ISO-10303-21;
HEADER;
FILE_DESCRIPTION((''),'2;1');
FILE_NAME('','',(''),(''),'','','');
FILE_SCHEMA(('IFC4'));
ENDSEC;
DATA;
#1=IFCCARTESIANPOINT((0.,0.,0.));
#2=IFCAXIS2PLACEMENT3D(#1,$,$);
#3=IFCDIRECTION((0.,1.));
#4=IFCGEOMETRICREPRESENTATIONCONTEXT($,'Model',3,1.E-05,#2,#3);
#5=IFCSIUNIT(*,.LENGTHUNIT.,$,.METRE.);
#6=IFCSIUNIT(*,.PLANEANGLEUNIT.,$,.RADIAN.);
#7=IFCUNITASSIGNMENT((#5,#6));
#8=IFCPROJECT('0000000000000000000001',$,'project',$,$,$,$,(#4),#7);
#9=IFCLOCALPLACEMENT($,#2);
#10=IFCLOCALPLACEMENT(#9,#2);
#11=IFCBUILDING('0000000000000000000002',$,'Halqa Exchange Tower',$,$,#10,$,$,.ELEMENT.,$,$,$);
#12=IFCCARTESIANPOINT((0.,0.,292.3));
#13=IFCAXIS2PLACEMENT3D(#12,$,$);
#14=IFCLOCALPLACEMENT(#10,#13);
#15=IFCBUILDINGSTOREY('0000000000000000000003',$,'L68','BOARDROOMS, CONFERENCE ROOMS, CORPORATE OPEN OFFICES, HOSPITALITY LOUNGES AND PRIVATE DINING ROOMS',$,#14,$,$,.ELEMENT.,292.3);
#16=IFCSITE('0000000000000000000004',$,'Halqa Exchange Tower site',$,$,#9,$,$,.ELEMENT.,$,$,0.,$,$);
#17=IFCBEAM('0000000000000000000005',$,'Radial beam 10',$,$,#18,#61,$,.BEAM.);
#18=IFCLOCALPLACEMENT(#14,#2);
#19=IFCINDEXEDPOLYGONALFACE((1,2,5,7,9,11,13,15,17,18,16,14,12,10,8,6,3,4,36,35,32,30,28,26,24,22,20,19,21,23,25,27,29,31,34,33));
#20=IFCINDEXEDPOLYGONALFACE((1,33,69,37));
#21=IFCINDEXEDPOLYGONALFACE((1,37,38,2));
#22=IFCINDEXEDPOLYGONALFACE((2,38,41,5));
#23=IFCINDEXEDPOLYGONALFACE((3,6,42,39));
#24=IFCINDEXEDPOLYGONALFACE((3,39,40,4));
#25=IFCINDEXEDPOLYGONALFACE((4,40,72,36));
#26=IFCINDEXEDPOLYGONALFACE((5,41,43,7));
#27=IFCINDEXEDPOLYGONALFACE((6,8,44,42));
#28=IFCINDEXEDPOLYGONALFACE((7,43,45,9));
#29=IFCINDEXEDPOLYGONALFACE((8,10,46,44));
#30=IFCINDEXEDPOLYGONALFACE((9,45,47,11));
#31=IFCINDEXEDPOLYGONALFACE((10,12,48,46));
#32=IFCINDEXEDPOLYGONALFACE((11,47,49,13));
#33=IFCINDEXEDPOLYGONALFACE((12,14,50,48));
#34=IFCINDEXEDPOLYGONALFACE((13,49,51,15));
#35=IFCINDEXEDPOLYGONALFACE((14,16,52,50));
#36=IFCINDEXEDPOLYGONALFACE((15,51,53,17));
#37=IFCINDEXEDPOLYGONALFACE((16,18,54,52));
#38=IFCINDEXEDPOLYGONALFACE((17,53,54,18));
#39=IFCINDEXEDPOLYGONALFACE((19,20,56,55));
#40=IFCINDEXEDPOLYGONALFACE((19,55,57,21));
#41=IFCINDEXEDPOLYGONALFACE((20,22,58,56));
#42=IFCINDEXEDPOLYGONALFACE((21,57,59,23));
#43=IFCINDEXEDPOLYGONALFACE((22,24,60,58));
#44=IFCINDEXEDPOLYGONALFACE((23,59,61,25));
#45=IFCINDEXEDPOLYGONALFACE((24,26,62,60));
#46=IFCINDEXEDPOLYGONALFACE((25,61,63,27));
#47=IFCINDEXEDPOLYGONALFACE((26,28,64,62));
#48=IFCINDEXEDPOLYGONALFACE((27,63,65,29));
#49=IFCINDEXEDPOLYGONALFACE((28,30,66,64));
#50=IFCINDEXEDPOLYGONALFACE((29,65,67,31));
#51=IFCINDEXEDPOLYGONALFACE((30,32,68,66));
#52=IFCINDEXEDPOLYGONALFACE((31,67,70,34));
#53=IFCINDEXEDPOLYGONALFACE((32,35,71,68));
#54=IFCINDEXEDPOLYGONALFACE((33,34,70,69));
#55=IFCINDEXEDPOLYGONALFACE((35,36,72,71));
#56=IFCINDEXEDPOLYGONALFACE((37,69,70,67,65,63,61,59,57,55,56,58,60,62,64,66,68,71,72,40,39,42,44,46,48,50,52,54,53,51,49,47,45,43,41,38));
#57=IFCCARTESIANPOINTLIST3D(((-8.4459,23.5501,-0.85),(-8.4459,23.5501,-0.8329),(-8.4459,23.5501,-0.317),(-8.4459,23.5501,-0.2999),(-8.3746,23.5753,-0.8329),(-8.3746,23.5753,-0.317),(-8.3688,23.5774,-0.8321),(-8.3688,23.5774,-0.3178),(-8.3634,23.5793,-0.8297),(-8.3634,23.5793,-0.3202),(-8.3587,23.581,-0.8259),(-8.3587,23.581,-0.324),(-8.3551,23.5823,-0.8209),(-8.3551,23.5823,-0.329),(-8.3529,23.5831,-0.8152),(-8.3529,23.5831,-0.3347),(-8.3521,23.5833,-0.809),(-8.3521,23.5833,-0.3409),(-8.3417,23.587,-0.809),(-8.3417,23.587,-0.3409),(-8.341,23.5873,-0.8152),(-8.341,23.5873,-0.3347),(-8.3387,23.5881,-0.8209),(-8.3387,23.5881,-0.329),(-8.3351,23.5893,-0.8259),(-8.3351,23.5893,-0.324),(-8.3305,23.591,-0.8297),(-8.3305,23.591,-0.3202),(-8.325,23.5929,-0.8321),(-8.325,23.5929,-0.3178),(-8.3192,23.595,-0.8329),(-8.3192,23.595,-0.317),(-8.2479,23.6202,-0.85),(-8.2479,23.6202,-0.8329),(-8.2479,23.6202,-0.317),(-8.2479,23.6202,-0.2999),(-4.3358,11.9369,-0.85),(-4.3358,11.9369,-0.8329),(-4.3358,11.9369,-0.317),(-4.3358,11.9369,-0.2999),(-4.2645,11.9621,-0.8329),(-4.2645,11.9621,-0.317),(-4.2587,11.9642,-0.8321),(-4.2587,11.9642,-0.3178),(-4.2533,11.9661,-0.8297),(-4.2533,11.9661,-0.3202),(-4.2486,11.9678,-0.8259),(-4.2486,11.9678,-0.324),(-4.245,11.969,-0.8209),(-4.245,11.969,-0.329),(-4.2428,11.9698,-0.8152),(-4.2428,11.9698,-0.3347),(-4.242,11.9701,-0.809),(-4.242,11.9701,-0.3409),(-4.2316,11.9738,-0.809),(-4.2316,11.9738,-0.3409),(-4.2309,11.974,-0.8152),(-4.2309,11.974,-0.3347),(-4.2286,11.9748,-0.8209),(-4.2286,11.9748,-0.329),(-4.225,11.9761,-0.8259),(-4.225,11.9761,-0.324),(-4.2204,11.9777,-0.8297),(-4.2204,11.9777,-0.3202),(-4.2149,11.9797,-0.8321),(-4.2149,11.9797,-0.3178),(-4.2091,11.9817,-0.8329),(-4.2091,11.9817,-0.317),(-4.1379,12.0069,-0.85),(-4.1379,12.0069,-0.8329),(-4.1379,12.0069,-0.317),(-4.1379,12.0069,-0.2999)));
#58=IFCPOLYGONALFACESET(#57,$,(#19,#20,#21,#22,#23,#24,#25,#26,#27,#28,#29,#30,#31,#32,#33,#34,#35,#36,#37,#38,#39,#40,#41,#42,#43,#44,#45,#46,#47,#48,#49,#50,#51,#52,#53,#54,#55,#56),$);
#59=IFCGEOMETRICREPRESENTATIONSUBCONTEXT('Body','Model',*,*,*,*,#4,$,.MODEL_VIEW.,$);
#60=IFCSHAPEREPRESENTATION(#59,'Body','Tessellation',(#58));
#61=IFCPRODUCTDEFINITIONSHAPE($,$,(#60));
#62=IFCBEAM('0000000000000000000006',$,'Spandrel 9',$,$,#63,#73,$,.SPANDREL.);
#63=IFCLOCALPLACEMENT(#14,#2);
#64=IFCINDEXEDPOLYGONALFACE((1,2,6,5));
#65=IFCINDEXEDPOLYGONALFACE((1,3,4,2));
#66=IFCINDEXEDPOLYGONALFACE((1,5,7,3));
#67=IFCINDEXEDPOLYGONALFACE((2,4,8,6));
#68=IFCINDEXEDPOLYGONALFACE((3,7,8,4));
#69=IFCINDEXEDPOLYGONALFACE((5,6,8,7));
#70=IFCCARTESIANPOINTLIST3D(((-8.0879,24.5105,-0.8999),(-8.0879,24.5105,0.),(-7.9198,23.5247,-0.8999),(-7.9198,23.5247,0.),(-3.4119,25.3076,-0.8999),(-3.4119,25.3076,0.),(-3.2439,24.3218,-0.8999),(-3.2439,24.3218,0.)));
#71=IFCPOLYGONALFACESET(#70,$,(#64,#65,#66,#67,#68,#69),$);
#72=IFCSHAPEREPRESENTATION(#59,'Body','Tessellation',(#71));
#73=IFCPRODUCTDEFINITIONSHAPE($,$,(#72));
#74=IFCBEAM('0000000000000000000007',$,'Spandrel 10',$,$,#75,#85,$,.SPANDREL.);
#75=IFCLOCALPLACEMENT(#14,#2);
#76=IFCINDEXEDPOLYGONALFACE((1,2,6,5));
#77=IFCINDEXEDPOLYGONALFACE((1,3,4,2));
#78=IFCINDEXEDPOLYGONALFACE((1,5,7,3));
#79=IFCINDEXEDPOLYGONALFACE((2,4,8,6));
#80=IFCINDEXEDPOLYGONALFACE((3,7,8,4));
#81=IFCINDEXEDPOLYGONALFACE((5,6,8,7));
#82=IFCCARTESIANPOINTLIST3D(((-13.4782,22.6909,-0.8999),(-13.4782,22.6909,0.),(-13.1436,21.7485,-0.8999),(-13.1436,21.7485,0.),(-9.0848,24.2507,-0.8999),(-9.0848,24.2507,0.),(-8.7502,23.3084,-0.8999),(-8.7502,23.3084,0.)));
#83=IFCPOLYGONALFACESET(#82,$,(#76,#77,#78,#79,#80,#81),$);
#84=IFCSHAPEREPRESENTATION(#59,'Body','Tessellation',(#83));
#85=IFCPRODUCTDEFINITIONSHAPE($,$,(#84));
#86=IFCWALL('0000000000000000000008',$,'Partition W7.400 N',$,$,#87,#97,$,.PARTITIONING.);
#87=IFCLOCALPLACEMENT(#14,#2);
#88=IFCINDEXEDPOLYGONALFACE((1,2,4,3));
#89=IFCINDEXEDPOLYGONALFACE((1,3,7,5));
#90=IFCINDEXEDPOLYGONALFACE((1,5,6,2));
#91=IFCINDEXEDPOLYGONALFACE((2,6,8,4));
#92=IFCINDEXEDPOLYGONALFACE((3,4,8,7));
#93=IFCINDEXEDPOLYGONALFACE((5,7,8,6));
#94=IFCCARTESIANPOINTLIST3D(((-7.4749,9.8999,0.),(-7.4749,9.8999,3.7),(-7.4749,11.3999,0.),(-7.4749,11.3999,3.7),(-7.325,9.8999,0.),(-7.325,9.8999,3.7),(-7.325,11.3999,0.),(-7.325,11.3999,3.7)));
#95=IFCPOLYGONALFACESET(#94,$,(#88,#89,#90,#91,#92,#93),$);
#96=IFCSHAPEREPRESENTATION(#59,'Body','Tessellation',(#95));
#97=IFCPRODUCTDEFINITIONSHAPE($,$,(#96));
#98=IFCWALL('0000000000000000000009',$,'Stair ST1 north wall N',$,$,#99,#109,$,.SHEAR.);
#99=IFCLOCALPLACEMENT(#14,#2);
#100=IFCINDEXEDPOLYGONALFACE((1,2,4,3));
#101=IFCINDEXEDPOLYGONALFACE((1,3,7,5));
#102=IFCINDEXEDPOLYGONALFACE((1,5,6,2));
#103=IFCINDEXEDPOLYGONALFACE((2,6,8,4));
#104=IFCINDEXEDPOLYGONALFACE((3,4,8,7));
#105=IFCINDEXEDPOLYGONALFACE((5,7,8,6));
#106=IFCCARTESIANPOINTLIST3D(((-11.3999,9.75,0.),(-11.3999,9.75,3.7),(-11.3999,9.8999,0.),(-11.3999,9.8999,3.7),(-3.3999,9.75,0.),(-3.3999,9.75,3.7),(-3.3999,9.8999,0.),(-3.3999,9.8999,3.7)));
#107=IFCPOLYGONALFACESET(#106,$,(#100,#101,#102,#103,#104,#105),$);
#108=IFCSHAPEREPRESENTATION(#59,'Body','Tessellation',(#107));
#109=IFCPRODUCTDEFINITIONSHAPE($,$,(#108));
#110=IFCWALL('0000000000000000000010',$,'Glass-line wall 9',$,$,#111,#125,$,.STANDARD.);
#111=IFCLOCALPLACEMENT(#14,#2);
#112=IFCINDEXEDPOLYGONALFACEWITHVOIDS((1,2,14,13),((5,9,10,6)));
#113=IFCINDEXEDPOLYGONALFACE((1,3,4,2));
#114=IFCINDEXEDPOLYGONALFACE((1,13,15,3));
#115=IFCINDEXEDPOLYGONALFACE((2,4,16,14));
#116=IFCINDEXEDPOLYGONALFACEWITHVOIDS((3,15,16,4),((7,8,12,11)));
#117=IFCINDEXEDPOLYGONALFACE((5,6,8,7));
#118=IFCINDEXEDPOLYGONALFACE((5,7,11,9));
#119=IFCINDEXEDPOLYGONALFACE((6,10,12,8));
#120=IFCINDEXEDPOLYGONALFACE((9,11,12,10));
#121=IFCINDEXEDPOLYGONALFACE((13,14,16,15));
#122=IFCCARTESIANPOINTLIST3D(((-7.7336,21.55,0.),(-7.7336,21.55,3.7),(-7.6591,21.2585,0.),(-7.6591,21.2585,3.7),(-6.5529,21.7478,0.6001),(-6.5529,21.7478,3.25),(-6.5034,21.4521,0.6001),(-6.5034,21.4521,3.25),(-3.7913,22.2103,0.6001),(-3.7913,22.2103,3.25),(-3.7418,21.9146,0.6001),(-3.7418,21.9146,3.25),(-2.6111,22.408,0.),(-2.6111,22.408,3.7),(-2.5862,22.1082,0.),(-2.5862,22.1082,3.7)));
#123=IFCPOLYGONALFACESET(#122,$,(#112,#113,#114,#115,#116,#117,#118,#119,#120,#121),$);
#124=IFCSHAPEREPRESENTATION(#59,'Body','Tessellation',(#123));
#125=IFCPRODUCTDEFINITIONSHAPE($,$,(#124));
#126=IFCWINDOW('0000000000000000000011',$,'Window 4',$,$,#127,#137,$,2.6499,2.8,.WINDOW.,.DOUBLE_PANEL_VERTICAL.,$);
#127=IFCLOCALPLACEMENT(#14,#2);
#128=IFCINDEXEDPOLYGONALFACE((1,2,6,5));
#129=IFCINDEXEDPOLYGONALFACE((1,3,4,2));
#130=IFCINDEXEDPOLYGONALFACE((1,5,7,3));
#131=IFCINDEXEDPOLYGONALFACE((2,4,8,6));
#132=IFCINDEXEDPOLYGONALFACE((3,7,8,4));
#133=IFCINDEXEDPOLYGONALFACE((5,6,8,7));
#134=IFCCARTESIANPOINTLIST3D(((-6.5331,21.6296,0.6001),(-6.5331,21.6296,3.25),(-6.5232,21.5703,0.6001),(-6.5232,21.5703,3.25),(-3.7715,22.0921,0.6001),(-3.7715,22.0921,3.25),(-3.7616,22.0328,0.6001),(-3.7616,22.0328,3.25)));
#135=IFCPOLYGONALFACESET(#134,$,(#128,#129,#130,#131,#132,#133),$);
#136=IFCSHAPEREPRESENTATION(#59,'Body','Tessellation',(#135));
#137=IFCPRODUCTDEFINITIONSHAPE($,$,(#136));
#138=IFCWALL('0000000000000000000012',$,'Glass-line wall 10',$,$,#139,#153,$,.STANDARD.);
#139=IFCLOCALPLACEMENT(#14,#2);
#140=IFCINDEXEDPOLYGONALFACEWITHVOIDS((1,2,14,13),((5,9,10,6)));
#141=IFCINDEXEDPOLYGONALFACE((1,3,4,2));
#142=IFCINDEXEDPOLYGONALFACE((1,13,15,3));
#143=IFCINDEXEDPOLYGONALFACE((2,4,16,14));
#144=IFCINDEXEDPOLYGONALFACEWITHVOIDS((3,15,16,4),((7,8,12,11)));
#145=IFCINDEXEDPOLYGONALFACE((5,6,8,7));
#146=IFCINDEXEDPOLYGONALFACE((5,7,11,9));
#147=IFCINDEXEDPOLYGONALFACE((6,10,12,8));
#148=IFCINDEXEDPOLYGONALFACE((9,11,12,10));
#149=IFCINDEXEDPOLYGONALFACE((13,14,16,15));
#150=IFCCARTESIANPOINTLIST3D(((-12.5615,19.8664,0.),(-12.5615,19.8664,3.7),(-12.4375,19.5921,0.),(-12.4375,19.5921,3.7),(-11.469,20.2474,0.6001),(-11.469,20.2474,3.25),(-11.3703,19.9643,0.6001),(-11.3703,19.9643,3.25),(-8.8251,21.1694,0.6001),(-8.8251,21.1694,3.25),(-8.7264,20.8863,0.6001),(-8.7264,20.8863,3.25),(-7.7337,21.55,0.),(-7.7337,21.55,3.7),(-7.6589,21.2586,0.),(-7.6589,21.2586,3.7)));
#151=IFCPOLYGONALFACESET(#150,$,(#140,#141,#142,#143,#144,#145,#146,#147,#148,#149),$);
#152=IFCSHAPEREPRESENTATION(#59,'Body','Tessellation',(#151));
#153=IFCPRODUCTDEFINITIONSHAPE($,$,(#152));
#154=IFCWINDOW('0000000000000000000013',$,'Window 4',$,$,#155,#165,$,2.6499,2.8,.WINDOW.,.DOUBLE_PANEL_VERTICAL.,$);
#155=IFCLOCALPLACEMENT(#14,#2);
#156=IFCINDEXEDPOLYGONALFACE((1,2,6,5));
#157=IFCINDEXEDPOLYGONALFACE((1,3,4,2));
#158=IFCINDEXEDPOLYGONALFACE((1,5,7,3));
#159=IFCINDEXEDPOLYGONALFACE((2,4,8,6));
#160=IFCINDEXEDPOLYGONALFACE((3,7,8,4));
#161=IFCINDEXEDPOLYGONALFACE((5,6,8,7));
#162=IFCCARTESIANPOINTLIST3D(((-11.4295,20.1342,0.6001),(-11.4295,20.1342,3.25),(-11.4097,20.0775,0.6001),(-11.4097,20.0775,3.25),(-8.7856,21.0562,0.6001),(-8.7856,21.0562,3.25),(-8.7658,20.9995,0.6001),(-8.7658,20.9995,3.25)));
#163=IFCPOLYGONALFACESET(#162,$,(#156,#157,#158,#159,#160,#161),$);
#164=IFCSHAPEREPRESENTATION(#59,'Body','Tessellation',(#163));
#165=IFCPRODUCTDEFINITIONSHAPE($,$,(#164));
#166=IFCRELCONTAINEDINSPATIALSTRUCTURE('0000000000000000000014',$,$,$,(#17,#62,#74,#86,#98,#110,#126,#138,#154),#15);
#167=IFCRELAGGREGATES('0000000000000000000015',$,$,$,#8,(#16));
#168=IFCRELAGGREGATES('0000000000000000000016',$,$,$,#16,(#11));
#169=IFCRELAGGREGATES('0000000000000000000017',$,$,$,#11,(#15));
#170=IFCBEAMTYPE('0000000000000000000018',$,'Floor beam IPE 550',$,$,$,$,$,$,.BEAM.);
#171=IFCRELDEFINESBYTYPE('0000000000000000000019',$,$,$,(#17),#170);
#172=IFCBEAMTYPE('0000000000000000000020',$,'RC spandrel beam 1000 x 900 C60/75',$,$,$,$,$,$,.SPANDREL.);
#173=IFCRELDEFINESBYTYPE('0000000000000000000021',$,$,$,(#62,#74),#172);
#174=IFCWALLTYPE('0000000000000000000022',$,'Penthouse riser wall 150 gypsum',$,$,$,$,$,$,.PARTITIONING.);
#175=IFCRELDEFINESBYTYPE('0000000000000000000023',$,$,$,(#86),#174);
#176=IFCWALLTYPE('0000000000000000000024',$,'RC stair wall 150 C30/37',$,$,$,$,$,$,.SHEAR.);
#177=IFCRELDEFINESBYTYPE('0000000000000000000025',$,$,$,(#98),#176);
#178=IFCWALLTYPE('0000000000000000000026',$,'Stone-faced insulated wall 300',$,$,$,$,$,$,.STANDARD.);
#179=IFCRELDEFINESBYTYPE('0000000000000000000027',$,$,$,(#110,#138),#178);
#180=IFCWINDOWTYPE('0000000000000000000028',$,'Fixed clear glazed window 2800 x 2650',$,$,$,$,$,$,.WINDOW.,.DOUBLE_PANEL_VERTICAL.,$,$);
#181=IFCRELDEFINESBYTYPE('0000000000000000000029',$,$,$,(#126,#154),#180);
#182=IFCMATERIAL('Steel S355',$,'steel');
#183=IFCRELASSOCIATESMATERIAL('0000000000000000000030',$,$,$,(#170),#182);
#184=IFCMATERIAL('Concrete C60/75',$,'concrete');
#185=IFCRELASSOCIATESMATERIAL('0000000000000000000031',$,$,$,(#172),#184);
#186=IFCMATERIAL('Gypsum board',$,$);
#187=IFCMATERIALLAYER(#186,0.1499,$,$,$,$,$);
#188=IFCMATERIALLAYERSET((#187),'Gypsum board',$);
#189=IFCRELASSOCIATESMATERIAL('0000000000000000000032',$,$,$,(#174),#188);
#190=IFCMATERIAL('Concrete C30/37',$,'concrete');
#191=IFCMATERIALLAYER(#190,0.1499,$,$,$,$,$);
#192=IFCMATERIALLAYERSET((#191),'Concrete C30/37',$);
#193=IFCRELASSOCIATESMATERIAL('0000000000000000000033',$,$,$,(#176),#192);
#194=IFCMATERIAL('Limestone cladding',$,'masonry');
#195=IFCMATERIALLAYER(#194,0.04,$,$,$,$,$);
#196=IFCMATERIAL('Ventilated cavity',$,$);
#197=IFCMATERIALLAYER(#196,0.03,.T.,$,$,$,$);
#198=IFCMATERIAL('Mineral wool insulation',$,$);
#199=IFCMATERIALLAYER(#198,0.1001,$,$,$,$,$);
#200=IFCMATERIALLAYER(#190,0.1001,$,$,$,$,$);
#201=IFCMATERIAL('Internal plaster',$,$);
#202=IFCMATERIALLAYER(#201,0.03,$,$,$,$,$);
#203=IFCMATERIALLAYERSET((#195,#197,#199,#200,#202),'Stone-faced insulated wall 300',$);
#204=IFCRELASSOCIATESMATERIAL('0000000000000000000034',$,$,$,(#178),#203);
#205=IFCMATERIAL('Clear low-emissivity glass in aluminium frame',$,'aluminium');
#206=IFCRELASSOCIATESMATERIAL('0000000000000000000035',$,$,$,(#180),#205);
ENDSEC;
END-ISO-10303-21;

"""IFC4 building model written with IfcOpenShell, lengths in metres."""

from ifc_helpers import new_model, si_unit, direction, frame, frame_2d, origin, origin_2d, place, context, subcontext, project, spatial, polyline, rectangle, i_section, outline, extrude, material, layer, layer_set, material_profile, profile_set, type_object, element, fill, save


model = new_model("IFC4")

# Units and contexts
model_context = context("Model", 3, precision=1e-05, world=origin(), true_north=direction((0.0, 1.0)))
body_context = subcontext(model_context, "Body", "Model", "MODEL_VIEW")
ifc_project = project(units=[si_unit("LENGTHUNIT", "METRE"), si_unit("PLANEANGLEUNIT", "RADIAN")], contexts=[model_context])

# Site, building, storey
site_placement = place(None, origin())
site = spatial("IfcSite", under=ifc_project, at=site_placement, Name="Halqa Exchange Tower site", CompositionType="ELEMENT", RefElevation=0.0)
building_placement = place(site_placement, origin())
building = spatial("IfcBuilding", under=site, at=building_placement, Name="Halqa Exchange Tower", CompositionType="ELEMENT")
storey_placement = place(building_placement, frame((0.0, 0.0, 292.3)))
storey = spatial("IfcBuildingStorey", under=building, at=storey_placement, Name="L68", Description="BOARDROOMS, CONFERENCE ROOMS, CORPORATE OPEN OFFICES, HOSPITALITY LOUNGES AND PRIVATE DINING ROOMS", CompositionType="ELEMENT", Elevation=292.3)

# Beams
ifc_material_1 = material(Name="Steel S355", Category="steel")
ifc_material_profile_1 = material_profile(ifc_material_1, i_section(OverallWidth=0.21, OverallDepth=0.55, WebThickness=0.011, FlangeThickness=0.0171, FilletRadius=0.0239, at=origin_2d()), Name="IPE 550")
ifc_profile_set_1 = profile_set([ifc_material_profile_1], Name="Steel S355")
beam_type_1 = type_object("IfcBeamType", Name="Floor beam IPE 550", PredefinedType="BEAM", material=ifc_profile_set_1)
beam_1_placement = place(storey_placement, frame((-4.2368, 11.9719, -0.575), z_axis=(-0.333636, 0.942702, 0.0), x_axis=(-0.942702, -0.333636, 0.0)))
element("IfcBeam", 1, at=beam_1_placement, inside=storey, type_object=beam_type_1, Name="Radial beam 10", PredefinedType="BEAM", context=body_context, shape_type="SweptSolid", body=[
    extrude(i_section(OverallWidth=0.21, OverallDepth=0.55, WebThickness=0.011, FlangeThickness=0.0171, FilletRadius=0.0239, at=origin_2d()), origin(), (0.0, 0.0, 1.0), 12.3191),
])
ifc_material_2 = material(Name="Concrete C60/75", Category="concrete")
ifc_material_profile_2 = material_profile(ifc_material_2, rectangle(XDim=1.0, YDim=0.8999, at=origin_2d()), Name="1000 x 900")
ifc_profile_set_2 = profile_set([ifc_material_profile_2], Name="Concrete C60/75")
beam_type_2 = type_object("IfcBeamType", Name="RC spandrel beam 1000 x 900 C60/75", PredefinedType="SPANDREL", material=ifc_profile_set_2)
beam_2_placement = place(storey_placement, frame((-3.3279, 24.8147, -0.45), z_axis=(-0.985779, -0.168045, 0.0), x_axis=(0.168045, -0.985779, 0.0)))
element("IfcBeam", 2, at=beam_2_placement, inside=storey, type_object=beam_type_2, Name="Spandrel 9", PredefinedType="SPANDREL", context=body_context, shape_type="SweptSolid", body=[
    extrude(rectangle(XDim=1.0, YDim=0.8999, at=origin_2d()), origin(), (0.0, 0.0, 1.0), 4.7434),
])
beam_3_placement = place(storey_placement, frame((-8.9175, 23.7795, -0.45), z_axis=(-0.942367, -0.334581, 0.0), x_axis=(0.334581, -0.942367, 0.0)))
element("IfcBeam", 3, at=beam_3_placement, inside=storey, type_object=beam_type_2, Name="Spandrel 10", PredefinedType="SPANDREL", context=body_context, shape_type="SweptSolid", body=[
    extrude(rectangle(XDim=1.0, YDim=0.8999, at=origin_2d()), origin(), (0.0, 0.0, 1.0), 4.6621),
])

# Walls
ifc_material_3 = material(Name="Gypsum board")
ifc_layer_1 = layer(ifc_material_3, 0.1499)
ifc_layer_set_1 = layer_set([ifc_layer_1], Name="Gypsum board")
wall_type_1 = type_object("IfcWallType", Name="Penthouse riser wall 150 gypsum", PredefinedType="PARTITIONING", material=ifc_layer_set_1)
wall_1_placement = place(storey_placement, frame((-7.3999, 9.8999, 0.0), z_axis=(0.0, 0.0, 1.0), x_axis=(0.0, 1.0, 0.0)))
element("IfcWall", 4, at=wall_1_placement, inside=storey, type_object=wall_type_1, Name="Partition W7.400 N", PredefinedType="PARTITIONING", context=body_context, shape_type="SweptSolid", body=[
    extrude(rectangle(XDim=1.5, YDim=0.1499, at=frame_2d((0.75, 0.0))), origin(), (0.0, 0.0, 1.0), 3.7),
])
ifc_material_4 = material(Name="Concrete C30/37", Category="concrete")
ifc_layer_2 = layer(ifc_material_4, 0.1499)
ifc_layer_set_2 = layer_set([ifc_layer_2], Name="Concrete C30/37")
wall_type_2 = type_object("IfcWallType", Name="RC stair wall 150 C30/37", PredefinedType="SHEAR", material=ifc_layer_set_2)
wall_2_placement = place(storey_placement, frame((-11.3999, 9.825, 0.0), z_axis=(0.0, 0.0, 1.0), x_axis=(1.0, 0.0, 0.0)))
element("IfcWall", 5, at=wall_2_placement, inside=storey, type_object=wall_type_2, Name="Stair ST1 north wall N", PredefinedType="SHEAR", context=body_context, shape_type="SweptSolid", body=[
    extrude(rectangle(XDim=8.0, YDim=0.1499, at=frame_2d((4.0, 0.0))), origin(), (0.0, 0.0, 1.0), 3.7),
])

# Walls, openings, windows
ifc_material_5 = material(Name="Limestone cladding", Category="masonry")
ifc_layer_3 = layer(ifc_material_5, 0.04)
ifc_material_6 = material(Name="Ventilated cavity")
ifc_layer_4 = layer(ifc_material_6, 0.03, ventilated=True)
ifc_material_7 = material(Name="Mineral wool insulation")
ifc_layer_5 = layer(ifc_material_7, 0.1001)
ifc_layer_6 = layer(ifc_material_4, 0.1001)
ifc_material_8 = material(Name="Internal plaster")
ifc_layer_7 = layer(ifc_material_8, 0.03)
ifc_layer_set_3 = layer_set([ifc_layer_3, ifc_layer_4, ifc_layer_5, ifc_layer_6, ifc_layer_7], Name="Stone-faced insulated wall 300")
wall_type_3 = type_object("IfcWallType", Name="Stone-faced insulated wall 300", PredefinedType="STANDARD", material=ifc_layer_set_3)
wall_3_placement = place(storey_placement, frame((-2.5986, 22.2581, 0.0), z_axis=(0.0, 0.0, 1.0), x_axis=(-0.986263, -0.16518, 0.0)))
wall_3 = element("IfcWall", 6, at=wall_3_placement, inside=storey, type_object=wall_type_3, Name="Glass-line wall 9", PredefinedType="STANDARD", context=body_context, shape_type="SweptSolid", body=[
    extrude(outline(polyline([(-0.0125, -0.1499), (5.1814, -0.1499), (5.156, 0.1499), (0.0125, 0.1499), (-0.0125, -0.1499)])), origin(), (0.0, 0.0, 1.0), 3.7),
])
opening_1_placement = place(wall_3_placement, frame((1.1843, 0.0, 0.6001)))
opening_1 = element("IfcOpeningElement", 7, at=opening_1_placement, cuts=wall_3, PredefinedType="OPENING", context=body_context, shape_type="SweptSolid", body=[
    extrude(rectangle(XDim=2.8, YDim=2.6499, at=frame_2d((1.3999, 1.325))), frame((0.0, 0.1621, 0.0), z_axis=(0.0, -1.0, 0.0), x_axis=(1.0, 0.0, 0.0)), (0.0, 0.0, 1.0), 0.324),
])
ifc_material_9 = material(Name="Clear low-emissivity glass in aluminium frame", Category="aluminium")
window_type = type_object("IfcWindowType", Name="Fixed clear glazed window 2800 x 2650", PartitioningType="DOUBLE_PANEL_VERTICAL", PredefinedType="WINDOW", material=ifc_material_9)
window_1_placement = place(opening_1_placement, origin())
window_1 = element("IfcWindow", 8, at=window_1_placement, inside=storey, type_object=window_type, Name="Window 4", OverallHeight=2.6499, OverallWidth=2.8, PartitioningType="DOUBLE_PANEL_VERTICAL", PredefinedType="WINDOW", context=body_context, shape_type="SweptSolid", body=[
    extrude(rectangle(XDim=2.8, YDim=2.6499, at=frame_2d((1.3999, 1.325))), frame((0.0, 0.03, 0.0), z_axis=(0.0, -1.0, 0.0), x_axis=(1.0, 0.0, 0.0)), (0.0, 0.0, 1.0), 0.0601),
])
fill(opening_1, window_1)
wall_4_placement = place(storey_placement, frame((-7.6963, 21.4043, 0.0), z_axis=(0.0, 0.0, 1.0), x_axis=(-0.94423, -0.329286, 0.0)))
wall_4 = element("IfcWall", 9, at=wall_4_placement, inside=storey, type_object=wall_type_3, Name="Glass-line wall 10", PredefinedType="STANDARD", context=body_context, shape_type="SweptSolid", body=[
    extrude(outline(polyline([(-0.0127, -0.1499), (5.1003, -0.1499), (5.0735, 0.1499), (0.0127, 0.1499), (-0.0127, -0.1499)])), origin(), (0.0, 0.0, 1.0), 3.7),
])
opening_2_placement = place(wall_4_placement, frame((1.1433, 0.0, 0.6001)))
opening_2 = element("IfcOpeningElement", 10, at=opening_2_placement, cuts=wall_4, PredefinedType="OPENING", context=body_context, shape_type="SweptSolid", body=[
    extrude(rectangle(XDim=2.8, YDim=2.6499, at=frame_2d((1.3999, 1.325))), frame((0.0, 0.1621, 0.0), z_axis=(0.0, -1.0, 0.0), x_axis=(1.0, 0.0, 0.0)), (0.0, 0.0, 1.0), 0.324),
])
window_2_placement = place(opening_2_placement, origin())
window_2 = element("IfcWindow", 11, at=window_2_placement, inside=storey, type_object=window_type, Name="Window 4", OverallHeight=2.6499, OverallWidth=2.8, PartitioningType="DOUBLE_PANEL_VERTICAL", PredefinedType="WINDOW", context=body_context, shape_type="SweptSolid", body=[
    extrude(rectangle(XDim=2.8, YDim=2.6499, at=frame_2d((1.3999, 1.325))), frame((0.0, 0.03, 0.0), z_axis=(0.0, -1.0, 0.0), x_axis=(1.0, 0.0, 0.0)), (0.0, 0.0, 1.0), 0.0601),
])
fill(opening_2, window_2)

save(model, "model.ifc")
